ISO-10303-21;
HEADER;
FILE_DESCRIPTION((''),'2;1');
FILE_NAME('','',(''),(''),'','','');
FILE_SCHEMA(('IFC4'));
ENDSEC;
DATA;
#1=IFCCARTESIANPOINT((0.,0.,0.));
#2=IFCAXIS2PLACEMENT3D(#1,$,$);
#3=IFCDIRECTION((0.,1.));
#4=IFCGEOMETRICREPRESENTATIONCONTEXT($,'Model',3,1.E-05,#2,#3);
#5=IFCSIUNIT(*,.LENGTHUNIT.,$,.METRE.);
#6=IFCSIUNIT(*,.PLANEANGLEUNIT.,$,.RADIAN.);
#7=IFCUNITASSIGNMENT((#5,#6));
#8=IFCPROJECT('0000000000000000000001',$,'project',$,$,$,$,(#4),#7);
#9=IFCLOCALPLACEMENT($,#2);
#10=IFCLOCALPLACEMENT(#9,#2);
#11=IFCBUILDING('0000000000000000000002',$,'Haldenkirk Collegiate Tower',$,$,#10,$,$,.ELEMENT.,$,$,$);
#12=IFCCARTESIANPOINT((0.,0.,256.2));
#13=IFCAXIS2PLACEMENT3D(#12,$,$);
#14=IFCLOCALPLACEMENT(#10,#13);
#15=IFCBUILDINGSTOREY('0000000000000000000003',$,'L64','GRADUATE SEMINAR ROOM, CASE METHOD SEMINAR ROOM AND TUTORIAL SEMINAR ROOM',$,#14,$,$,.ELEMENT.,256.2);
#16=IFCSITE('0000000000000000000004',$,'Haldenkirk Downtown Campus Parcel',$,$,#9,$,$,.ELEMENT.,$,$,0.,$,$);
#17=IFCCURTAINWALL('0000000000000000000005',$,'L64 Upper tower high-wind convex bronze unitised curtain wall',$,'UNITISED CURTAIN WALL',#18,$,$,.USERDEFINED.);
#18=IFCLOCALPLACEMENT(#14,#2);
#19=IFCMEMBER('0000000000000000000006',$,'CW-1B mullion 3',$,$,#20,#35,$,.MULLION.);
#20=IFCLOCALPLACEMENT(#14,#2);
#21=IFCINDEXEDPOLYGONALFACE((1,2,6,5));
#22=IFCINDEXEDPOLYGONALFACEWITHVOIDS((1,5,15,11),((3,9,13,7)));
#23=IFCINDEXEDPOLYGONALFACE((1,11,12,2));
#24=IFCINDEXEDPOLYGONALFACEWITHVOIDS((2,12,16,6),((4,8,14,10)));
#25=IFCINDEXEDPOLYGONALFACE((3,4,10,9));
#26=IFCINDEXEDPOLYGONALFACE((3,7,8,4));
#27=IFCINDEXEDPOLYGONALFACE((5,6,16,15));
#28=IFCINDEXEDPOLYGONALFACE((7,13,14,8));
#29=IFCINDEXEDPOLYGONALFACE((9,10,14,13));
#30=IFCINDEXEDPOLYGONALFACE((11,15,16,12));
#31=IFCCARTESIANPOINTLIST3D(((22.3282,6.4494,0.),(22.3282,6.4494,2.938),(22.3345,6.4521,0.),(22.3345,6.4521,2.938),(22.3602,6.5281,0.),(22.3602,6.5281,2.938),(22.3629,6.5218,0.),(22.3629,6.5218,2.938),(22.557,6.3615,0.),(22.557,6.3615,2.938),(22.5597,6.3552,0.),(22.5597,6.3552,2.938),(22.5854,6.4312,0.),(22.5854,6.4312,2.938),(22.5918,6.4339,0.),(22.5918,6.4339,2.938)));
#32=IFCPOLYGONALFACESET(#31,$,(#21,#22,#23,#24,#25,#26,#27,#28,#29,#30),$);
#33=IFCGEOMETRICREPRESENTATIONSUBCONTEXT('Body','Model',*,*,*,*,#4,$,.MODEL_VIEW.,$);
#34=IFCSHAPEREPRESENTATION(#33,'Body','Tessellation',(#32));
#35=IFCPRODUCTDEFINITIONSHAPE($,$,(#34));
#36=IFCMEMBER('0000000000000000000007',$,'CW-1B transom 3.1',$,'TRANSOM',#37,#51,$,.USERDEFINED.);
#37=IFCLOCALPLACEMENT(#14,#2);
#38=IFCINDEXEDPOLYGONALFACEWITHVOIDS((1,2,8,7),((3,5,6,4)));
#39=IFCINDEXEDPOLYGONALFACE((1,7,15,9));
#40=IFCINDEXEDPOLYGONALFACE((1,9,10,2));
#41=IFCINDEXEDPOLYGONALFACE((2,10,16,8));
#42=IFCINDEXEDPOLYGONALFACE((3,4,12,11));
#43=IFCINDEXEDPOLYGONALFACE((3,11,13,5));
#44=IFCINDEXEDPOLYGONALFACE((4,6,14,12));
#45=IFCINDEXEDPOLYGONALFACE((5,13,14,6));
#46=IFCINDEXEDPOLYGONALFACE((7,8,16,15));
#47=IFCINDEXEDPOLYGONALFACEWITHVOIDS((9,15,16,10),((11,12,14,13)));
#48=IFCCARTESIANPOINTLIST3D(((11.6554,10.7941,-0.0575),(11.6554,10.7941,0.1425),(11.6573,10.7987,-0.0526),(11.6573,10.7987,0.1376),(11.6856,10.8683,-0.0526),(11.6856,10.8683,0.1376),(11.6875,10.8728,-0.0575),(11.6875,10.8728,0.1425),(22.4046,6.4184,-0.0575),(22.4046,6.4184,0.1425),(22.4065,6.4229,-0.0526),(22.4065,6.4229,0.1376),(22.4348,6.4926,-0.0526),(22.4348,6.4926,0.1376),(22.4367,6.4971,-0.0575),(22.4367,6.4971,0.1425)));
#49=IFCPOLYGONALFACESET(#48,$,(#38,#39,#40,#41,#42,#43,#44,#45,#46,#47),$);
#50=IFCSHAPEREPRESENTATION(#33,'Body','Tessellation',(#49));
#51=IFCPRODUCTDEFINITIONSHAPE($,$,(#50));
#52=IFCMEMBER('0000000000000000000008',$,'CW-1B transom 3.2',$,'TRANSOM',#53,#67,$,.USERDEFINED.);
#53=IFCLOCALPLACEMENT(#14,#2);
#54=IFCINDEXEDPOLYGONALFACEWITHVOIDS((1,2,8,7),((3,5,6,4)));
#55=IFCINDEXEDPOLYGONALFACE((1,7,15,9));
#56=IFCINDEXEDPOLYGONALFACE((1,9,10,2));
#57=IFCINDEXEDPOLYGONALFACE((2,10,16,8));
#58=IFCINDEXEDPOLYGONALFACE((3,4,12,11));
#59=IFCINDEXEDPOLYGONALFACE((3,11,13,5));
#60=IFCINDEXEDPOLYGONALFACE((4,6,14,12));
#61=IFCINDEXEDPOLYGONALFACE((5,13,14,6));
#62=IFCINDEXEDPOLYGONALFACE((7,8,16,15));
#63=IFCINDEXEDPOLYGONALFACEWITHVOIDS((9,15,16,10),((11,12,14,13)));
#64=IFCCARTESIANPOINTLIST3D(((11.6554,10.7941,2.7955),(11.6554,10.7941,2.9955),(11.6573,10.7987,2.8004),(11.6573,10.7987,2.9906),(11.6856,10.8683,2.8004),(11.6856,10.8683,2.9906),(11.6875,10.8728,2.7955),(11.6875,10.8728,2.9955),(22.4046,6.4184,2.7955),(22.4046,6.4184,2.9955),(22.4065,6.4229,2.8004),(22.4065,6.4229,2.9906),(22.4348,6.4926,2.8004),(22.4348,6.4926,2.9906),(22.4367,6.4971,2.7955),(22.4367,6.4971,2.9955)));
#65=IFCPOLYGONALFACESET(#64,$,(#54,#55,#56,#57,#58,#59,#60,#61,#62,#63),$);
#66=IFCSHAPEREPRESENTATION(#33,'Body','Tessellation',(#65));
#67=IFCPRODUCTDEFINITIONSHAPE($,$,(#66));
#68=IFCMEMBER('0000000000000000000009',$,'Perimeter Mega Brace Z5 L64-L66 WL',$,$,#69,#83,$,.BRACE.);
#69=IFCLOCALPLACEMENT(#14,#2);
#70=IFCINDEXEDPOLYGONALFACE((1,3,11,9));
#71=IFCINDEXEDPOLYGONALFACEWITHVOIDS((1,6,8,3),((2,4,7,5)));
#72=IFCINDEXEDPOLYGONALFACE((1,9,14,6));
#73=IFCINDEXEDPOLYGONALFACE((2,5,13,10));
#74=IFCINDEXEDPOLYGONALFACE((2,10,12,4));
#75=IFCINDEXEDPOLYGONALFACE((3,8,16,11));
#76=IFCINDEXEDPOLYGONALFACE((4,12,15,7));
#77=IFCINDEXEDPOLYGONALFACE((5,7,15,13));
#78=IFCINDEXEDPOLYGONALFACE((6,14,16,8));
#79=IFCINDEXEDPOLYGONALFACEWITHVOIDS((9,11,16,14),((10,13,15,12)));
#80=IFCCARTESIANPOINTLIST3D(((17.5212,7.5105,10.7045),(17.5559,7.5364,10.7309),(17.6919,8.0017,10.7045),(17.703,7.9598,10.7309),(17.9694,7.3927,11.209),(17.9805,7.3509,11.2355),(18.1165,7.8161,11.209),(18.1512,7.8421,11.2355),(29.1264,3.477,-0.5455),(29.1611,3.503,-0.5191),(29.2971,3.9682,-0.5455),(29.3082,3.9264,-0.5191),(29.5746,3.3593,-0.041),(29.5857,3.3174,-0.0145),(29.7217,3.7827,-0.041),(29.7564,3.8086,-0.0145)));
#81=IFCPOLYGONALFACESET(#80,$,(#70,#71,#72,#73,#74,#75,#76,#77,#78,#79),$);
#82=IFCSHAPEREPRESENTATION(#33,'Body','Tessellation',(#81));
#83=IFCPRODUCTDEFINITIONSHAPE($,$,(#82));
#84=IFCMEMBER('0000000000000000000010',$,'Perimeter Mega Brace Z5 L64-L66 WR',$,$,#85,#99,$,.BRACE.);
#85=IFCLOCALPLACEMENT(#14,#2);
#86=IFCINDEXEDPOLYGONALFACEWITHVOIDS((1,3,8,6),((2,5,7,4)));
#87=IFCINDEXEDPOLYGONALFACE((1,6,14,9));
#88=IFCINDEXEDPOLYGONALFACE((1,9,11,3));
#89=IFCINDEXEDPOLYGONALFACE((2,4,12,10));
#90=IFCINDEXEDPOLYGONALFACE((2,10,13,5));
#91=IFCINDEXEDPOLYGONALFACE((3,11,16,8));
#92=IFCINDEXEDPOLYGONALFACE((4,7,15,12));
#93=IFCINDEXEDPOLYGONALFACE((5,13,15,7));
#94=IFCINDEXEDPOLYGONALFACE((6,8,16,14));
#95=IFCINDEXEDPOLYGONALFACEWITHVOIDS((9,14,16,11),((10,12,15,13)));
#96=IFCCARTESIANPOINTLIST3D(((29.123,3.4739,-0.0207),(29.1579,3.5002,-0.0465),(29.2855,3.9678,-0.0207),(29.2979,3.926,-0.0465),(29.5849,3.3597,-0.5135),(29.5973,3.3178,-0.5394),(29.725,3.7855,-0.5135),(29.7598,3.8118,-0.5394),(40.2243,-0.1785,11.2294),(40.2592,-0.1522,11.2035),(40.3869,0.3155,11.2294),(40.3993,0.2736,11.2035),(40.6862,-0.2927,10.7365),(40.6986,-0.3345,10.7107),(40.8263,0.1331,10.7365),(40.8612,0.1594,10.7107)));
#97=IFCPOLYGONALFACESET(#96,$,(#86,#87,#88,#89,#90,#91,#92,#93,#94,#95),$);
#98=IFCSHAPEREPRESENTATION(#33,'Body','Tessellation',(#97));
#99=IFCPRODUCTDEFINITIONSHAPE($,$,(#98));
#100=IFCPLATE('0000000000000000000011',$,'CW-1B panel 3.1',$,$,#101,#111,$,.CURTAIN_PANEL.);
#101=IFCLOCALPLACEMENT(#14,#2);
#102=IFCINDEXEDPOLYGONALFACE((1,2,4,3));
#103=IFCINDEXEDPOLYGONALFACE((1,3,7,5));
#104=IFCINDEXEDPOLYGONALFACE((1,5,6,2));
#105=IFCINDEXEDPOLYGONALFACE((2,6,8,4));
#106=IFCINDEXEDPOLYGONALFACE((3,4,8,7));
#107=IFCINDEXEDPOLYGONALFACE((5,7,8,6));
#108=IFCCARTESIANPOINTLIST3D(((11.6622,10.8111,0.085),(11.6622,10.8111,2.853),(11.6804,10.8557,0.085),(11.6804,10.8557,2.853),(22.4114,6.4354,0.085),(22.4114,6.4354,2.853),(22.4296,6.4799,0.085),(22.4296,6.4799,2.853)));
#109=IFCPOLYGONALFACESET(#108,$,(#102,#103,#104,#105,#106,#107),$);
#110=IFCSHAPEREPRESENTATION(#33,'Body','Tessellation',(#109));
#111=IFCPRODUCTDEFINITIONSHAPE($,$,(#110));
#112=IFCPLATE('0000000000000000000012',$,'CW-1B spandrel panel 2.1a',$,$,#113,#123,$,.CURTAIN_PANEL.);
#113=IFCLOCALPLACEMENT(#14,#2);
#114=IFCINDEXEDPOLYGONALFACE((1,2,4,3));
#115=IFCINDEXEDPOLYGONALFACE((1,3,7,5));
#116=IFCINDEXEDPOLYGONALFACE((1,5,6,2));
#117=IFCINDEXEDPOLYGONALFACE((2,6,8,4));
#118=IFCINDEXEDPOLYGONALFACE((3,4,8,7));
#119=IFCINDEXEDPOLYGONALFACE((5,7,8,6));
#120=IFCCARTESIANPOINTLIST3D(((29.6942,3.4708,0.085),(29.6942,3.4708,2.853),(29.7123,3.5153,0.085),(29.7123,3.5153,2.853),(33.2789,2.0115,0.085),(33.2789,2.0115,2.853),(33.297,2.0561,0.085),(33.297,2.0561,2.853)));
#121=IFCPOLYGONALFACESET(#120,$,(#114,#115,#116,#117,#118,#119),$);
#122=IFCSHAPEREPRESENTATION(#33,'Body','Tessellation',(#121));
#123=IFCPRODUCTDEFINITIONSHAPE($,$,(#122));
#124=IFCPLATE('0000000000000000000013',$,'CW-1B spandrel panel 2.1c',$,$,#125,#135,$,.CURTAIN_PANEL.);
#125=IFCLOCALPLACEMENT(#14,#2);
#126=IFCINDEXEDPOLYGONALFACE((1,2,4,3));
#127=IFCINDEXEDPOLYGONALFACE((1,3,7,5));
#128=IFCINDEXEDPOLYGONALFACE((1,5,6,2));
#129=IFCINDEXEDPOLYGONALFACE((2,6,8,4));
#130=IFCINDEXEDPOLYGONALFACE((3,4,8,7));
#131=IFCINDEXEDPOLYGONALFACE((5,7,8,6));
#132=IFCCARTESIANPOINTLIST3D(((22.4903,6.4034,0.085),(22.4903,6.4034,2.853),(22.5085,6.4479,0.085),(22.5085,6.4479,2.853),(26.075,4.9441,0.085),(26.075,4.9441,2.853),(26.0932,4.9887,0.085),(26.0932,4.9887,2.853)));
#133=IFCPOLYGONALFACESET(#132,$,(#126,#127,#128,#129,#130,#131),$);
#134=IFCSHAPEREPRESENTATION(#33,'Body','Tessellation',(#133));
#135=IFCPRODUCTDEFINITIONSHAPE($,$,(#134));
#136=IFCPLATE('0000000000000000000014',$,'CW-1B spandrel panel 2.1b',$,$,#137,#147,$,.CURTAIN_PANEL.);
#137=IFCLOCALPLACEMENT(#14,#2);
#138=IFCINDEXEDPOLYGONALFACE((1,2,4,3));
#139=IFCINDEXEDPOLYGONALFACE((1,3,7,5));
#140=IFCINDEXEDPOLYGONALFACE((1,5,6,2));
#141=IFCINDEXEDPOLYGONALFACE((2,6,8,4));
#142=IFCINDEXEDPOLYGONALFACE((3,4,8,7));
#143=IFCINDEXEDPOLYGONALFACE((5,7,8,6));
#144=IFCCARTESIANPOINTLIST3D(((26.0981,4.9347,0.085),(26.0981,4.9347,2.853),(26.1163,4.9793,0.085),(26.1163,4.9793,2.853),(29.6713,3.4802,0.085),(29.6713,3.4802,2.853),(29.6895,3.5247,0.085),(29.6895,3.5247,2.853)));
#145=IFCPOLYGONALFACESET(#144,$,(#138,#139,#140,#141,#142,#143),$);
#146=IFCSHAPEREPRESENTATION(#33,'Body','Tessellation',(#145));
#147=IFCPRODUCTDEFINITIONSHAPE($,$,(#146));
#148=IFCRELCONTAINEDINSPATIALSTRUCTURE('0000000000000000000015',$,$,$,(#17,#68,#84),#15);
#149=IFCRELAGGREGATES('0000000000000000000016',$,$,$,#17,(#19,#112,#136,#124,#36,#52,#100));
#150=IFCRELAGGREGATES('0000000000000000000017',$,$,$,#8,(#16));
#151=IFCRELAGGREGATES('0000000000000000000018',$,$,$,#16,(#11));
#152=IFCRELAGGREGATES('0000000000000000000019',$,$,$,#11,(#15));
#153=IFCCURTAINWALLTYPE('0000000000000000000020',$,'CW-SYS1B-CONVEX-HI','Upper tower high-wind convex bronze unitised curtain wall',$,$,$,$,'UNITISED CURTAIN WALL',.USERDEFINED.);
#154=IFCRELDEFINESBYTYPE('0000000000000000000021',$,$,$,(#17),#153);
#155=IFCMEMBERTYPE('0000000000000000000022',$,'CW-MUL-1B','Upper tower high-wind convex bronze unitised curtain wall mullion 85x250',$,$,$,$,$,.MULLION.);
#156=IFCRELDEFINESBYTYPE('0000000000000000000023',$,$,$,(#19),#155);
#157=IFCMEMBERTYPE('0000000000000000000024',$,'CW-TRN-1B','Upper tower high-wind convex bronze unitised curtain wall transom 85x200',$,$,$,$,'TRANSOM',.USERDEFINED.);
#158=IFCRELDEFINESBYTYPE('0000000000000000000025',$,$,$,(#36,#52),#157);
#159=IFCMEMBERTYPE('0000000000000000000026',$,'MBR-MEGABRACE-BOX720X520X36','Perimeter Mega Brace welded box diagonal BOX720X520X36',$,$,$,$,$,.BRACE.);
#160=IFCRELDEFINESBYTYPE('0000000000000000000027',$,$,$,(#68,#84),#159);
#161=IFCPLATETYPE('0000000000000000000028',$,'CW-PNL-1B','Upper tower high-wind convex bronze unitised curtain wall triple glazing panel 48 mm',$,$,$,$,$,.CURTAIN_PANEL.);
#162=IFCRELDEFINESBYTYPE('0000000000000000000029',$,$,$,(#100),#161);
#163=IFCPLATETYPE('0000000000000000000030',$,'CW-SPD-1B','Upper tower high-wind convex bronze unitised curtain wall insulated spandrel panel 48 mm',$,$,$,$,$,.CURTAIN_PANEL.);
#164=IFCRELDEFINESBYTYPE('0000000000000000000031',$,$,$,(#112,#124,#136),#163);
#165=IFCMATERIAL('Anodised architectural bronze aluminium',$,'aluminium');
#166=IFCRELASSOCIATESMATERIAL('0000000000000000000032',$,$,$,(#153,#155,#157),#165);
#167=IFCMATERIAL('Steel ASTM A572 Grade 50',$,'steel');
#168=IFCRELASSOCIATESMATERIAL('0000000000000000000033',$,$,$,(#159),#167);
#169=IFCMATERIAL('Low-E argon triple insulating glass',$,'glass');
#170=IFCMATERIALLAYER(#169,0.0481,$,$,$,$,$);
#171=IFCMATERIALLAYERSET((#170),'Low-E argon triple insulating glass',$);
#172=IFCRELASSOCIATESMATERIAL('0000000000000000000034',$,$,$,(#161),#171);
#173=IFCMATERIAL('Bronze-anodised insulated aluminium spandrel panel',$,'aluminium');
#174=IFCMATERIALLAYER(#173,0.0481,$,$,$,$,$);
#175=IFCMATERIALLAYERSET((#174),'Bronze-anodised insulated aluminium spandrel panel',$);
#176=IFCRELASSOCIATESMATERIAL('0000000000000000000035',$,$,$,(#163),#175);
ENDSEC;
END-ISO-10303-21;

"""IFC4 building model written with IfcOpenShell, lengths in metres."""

from ifc_helpers import new_model, si_unit, direction, frame, origin, origin_2d, place, context, subcontext, project, spatial, rectangle, hollow_rectangle, extrude, source, transform, mapped, material, layer, layer_set, material_profile, profile_set, type_object, element, aggregate, save


model = new_model("IFC4")

# Units and contexts
model_context = context("Model", 3, precision=1e-05, world=origin(), true_north=direction((0.0, 1.0)))
body_context = subcontext(model_context, "Body", "Model", "MODEL_VIEW")
ifc_project = project(units=[si_unit("LENGTHUNIT", "METRE"), si_unit("PLANEANGLEUNIT", "RADIAN")], contexts=[model_context])

# Site, building, storey
site_placement = place(None, origin())
site = spatial("IfcSite", under=ifc_project, at=site_placement, Name="Haldenkirk Downtown Campus Parcel", CompositionType="ELEMENT", RefElevation=0.0)
building_placement = place(site_placement, origin())
building = spatial("IfcBuilding", under=site, at=building_placement, Name="Haldenkirk Collegiate Tower", CompositionType="ELEMENT")
storey_placement = place(building_placement, frame((0.0, 0.0, 256.2)))
storey = spatial("IfcBuildingStorey", under=building, at=storey_placement, Name="L64", Description="GRADUATE SEMINAR ROOM, CASE METHOD SEMINAR ROOM AND TUTORIAL SEMINAR ROOM", CompositionType="ELEMENT", Elevation=256.2)

# Curtain wall, members
ifc_material_1 = material(Name="Anodised architectural bronze aluminium", Category="aluminium")
curtain_wall_type = type_object("IfcCurtainWallType", Name="CW-SYS1B-CONVEX-HI", Description="Upper tower high-wind convex bronze unitised curtain wall", ElementType="UNITISED CURTAIN WALL", PredefinedType="USERDEFINED", material=ifc_material_1)
curtain_wall_placement = place(storey_placement, origin())
curtain_wall = element("IfcCurtainWall", 1, at=curtain_wall_placement, inside=storey, type_object=curtain_wall_type, Name="L64 Upper tower high-wind convex bronze unitised curtain wall", ObjectType="UNITISED CURTAIN WALL", PredefinedType="USERDEFINED")
ifc_material_profile_1 = material_profile(ifc_material_1, hollow_rectangle(XDim=0.085, YDim=0.25, WallThickness=0.0049, at=origin_2d()), Name="CW-MUL-1B")
ifc_profile_set_1 = profile_set([ifc_material_profile_1], Name="Anodised architectural bronze aluminium")
member_type_1 = type_object("IfcMemberType", Name="CW-MUL-1B", Description="Upper tower high-wind convex bronze unitised curtain wall mullion 85x250", PredefinedType="MULLION", material=ifc_profile_set_1)
member_1_placement = place(storey_placement, frame((22.46, 6.4417, 0.0), z_axis=(0.0, 0.0, 1.0), x_axis=(-0.377034, -0.926199, 0.0)))
member_1 = element("IfcMember", 2, at=member_1_placement, type_object=member_type_1, Name="CW-1B mullion 3", PredefinedType="MULLION", context=body_context, shape_type="SweptSolid", body=[
    extrude(hollow_rectangle(XDim=0.085, YDim=0.25, WallThickness=0.0049, at=origin_2d()), origin(), (0.0, 0.0, 1.0), 2.938),
])
ifc_material_profile_2 = material_profile(ifc_material_1, hollow_rectangle(XDim=0.085, YDim=0.2, WallThickness=0.0049, at=origin_2d()), Name="CW-TRN-1B")
ifc_profile_set_2 = profile_set([ifc_material_profile_2], Name="Anodised architectural bronze aluminium")
member_type_2 = type_object("IfcMemberType", Name="CW-TRN-1B", Description="Upper tower high-wind convex bronze unitised curtain wall transom 85x200", ElementType="TRANSOM", PredefinedType="USERDEFINED", material=ifc_profile_set_2)
member_2_placement = place(storey_placement, frame((22.4207, 6.4578, 0.0425), z_axis=(-0.926201, 0.377031, 0.0), x_axis=(-0.377031, -0.926201, 0.0)))
member_2 = element("IfcMember", 3, at=member_2_placement, type_object=member_type_2, Name="CW-1B transom 3.1", ObjectType="TRANSOM", PredefinedType="USERDEFINED", context=body_context, shape_type="SweptSolid", body=[
    extrude(hollow_rectangle(XDim=0.085, YDim=0.2, WallThickness=0.0049, at=origin_2d()), origin(), (0.0, 0.0, 1.0), 11.6057),
])
member_3_placement = place(storey_placement, frame((22.4207, 6.4578, 2.8955), z_axis=(-0.926201, 0.377031, 0.0), x_axis=(-0.377031, -0.926201, 0.0)))
member_3 = element("IfcMember", 4, at=member_3_placement, type_object=member_type_2, Name="CW-1B transom 3.2", ObjectType="TRANSOM", PredefinedType="USERDEFINED", context=body_context, shape_type="SweptSolid", body=[
    extrude(hollow_rectangle(XDim=0.085, YDim=0.2, WallThickness=0.0049, at=origin_2d()), origin(), (0.0, 0.0, 1.0), 11.6057),
])

# Members
ifc_material_2 = material(Name="Steel ASTM A572 Grade 50", Category="steel")
ifc_material_profile_3 = material_profile(ifc_material_2, hollow_rectangle(XDim=0.52, YDim=0.72, WallThickness=0.0359, at=origin_2d()), Name="BOX720X520X36")
ifc_profile_set_3 = profile_set([ifc_material_profile_3], Name="Steel ASTM A572 Grade 50")
member_type_3 = type_object("IfcMemberType", Name="MBR-MEGABRACE-BOX720X520X36", Description="Perimeter Mega Brace welded box diagonal BOX720X520X36", PredefinedType="BRACE", material=ifc_profile_set_3)
member_4_placement = place(storey_placement, frame((29.4414, 3.6428, -0.28), z_axis=(-0.696646, 0.242123, 0.675323), x_axis=(-0.328292, -0.944576, 0.0)))
element("IfcMember", 5, at=member_4_placement, inside=storey, type_object=member_type_3, Name="Perimeter Mega Brace Z5 L64-L66 WL", PredefinedType="BRACE", context=body_context, shape_type="SweptSolid", body=[
    extrude(hollow_rectangle(XDim=0.52, YDim=0.72, WallThickness=0.0359, at=origin_2d()), origin(), (0.0, 0.0, 1.0), 16.6587),
])
member_5_placement = place(storey_placement, frame((29.4414, 3.6428, -0.28), z_axis=(0.684353, -0.225153, 0.693518), x_axis=(0.312521, 0.949911, 0.0)))
element("IfcMember", 6, at=member_5_placement, inside=storey, type_object=member_type_3, Name="Perimeter Mega Brace Z5 L64-L66 WR", PredefinedType="BRACE", context=body_context, shape_type="SweptSolid", body=[
    extrude(hollow_rectangle(XDim=0.52, YDim=0.72, WallThickness=0.0359, at=origin_2d()), origin(), (0.0, 0.0, 1.0), 16.2217),
])

# Plates
ifc_material_3 = material(Name="Low-E argon triple insulating glass", Category="glass")
ifc_layer_1 = layer(ifc_material_3, 0.0481)
ifc_layer_set_1 = layer_set([ifc_layer_1], Name="Low-E argon triple insulating glass")
plate_type_1 = type_object("IfcPlateType", Name="CW-PNL-1B", Description="Upper tower high-wind convex bronze unitised curtain wall triple glazing panel 48 mm", PredefinedType="CURTAIN_PANEL", material=ifc_layer_set_1)
shared_shape_1 = source(origin(), body_context, "Body", "SweptSolid", [
    extrude(rectangle(XDim=11.6057, YDim=0.0481, at=origin_2d()), origin(), (0.0, 0.0, 1.0), 2.7681),
])
plate_1_placement = place(storey_placement, frame((17.0459, 8.6455, 0.085), z_axis=(0.0, 0.0, 1.0), x_axis=(-0.926199, 0.377034, 0.0)))
plate_1 = element("IfcPlate", 7, at=plate_1_placement, type_object=plate_type_1, Name="CW-1B panel 3.1", PredefinedType="CURTAIN_PANEL", context=body_context, shape_type="MappedRepresentation", body=[
    mapped(shared_shape_1, transform((0.0, 0.0, 0.0), x_axis=(1.0, 0.0, 0.0), y_axis=(0.0, 1.0, 0.0), z_axis=(0.0, 0.0, 1.0), scale=1.0)),
])
ifc_material_4 = material(Name="Bronze-anodised insulated aluminium spandrel panel", Category="aluminium")
ifc_layer_2 = layer(ifc_material_4, 0.0481)
ifc_layer_set_2 = layer_set([ifc_layer_2], Name="Bronze-anodised insulated aluminium spandrel panel")
plate_type_2 = type_object("IfcPlateType", Name="CW-SPD-1B", Description="Upper tower high-wind convex bronze unitised curtain wall insulated spandrel panel 48 mm", PredefinedType="CURTAIN_PANEL", material=ifc_layer_set_2)
shared_shape_2 = source(origin(), body_context, "Body", "SweptSolid", [
    extrude(rectangle(XDim=3.8704, YDim=0.0481, at=origin_2d()), origin(), (0.0, 0.0, 1.0), 2.7681),
])
plate_2_placement = place(storey_placement, frame((31.4956, 2.7634, 0.085), z_axis=(0.0, 0.0, 1.0), x_axis=(-0.926199, 0.377034, 0.0)))
plate_2 = element("IfcPlate", 8, at=plate_2_placement, type_object=plate_type_2, Name="CW-1B spandrel panel 2.1a", PredefinedType="CURTAIN_PANEL", context=body_context, shape_type="MappedRepresentation", body=[
    mapped(shared_shape_2, transform((0.0, 0.0, 0.0), x_axis=(1.0, 0.0, 0.0), y_axis=(0.0, 1.0, 0.0), z_axis=(0.0, 0.0, 1.0), scale=1.0)),
])
plate_3_placement = place(storey_placement, frame((24.2917, 5.696, 0.085), z_axis=(0.0, 0.0, 1.0), x_axis=(-0.926199, 0.377034, 0.0)))
plate_3 = element("IfcPlate", 9, at=plate_3_placement, type_object=plate_type_2, Name="CW-1B spandrel panel 2.1c", PredefinedType="CURTAIN_PANEL", context=body_context, shape_type="MappedRepresentation", body=[
    mapped(shared_shape_2, transform((0.0, 0.0, 0.0), x_axis=(1.0, 0.0, 0.0), y_axis=(0.0, 1.0, 0.0), z_axis=(0.0, 0.0, 1.0), scale=1.0)),
])
shared_shape_3 = source(origin(), body_context, "Body", "SweptSolid", [
    extrude(rectangle(XDim=3.8579, YDim=0.0481, at=origin_2d()), origin(), (0.0, 0.0, 1.0), 2.7681),
])
plate_4_placement = place(storey_placement, frame((27.8938, 4.2297, 0.085), z_axis=(0.0, 0.0, 1.0), x_axis=(-0.926199, 0.377034, 0.0)))
plate_4 = element("IfcPlate", 10, at=plate_4_placement, type_object=plate_type_2, Name="CW-1B spandrel panel 2.1b", PredefinedType="CURTAIN_PANEL", context=body_context, shape_type="MappedRepresentation", body=[
    mapped(shared_shape_3, transform((0.0, 0.0, 0.0), x_axis=(1.0, 0.0, 0.0), y_axis=(0.0, 1.0, 0.0), z_axis=(0.0, 0.0, 1.0), scale=1.0)),
])
aggregate(curtain_wall, [member_1, plate_2, plate_4, plate_3, member_2, member_3, plate_1])

save(model, "model.ifc")
